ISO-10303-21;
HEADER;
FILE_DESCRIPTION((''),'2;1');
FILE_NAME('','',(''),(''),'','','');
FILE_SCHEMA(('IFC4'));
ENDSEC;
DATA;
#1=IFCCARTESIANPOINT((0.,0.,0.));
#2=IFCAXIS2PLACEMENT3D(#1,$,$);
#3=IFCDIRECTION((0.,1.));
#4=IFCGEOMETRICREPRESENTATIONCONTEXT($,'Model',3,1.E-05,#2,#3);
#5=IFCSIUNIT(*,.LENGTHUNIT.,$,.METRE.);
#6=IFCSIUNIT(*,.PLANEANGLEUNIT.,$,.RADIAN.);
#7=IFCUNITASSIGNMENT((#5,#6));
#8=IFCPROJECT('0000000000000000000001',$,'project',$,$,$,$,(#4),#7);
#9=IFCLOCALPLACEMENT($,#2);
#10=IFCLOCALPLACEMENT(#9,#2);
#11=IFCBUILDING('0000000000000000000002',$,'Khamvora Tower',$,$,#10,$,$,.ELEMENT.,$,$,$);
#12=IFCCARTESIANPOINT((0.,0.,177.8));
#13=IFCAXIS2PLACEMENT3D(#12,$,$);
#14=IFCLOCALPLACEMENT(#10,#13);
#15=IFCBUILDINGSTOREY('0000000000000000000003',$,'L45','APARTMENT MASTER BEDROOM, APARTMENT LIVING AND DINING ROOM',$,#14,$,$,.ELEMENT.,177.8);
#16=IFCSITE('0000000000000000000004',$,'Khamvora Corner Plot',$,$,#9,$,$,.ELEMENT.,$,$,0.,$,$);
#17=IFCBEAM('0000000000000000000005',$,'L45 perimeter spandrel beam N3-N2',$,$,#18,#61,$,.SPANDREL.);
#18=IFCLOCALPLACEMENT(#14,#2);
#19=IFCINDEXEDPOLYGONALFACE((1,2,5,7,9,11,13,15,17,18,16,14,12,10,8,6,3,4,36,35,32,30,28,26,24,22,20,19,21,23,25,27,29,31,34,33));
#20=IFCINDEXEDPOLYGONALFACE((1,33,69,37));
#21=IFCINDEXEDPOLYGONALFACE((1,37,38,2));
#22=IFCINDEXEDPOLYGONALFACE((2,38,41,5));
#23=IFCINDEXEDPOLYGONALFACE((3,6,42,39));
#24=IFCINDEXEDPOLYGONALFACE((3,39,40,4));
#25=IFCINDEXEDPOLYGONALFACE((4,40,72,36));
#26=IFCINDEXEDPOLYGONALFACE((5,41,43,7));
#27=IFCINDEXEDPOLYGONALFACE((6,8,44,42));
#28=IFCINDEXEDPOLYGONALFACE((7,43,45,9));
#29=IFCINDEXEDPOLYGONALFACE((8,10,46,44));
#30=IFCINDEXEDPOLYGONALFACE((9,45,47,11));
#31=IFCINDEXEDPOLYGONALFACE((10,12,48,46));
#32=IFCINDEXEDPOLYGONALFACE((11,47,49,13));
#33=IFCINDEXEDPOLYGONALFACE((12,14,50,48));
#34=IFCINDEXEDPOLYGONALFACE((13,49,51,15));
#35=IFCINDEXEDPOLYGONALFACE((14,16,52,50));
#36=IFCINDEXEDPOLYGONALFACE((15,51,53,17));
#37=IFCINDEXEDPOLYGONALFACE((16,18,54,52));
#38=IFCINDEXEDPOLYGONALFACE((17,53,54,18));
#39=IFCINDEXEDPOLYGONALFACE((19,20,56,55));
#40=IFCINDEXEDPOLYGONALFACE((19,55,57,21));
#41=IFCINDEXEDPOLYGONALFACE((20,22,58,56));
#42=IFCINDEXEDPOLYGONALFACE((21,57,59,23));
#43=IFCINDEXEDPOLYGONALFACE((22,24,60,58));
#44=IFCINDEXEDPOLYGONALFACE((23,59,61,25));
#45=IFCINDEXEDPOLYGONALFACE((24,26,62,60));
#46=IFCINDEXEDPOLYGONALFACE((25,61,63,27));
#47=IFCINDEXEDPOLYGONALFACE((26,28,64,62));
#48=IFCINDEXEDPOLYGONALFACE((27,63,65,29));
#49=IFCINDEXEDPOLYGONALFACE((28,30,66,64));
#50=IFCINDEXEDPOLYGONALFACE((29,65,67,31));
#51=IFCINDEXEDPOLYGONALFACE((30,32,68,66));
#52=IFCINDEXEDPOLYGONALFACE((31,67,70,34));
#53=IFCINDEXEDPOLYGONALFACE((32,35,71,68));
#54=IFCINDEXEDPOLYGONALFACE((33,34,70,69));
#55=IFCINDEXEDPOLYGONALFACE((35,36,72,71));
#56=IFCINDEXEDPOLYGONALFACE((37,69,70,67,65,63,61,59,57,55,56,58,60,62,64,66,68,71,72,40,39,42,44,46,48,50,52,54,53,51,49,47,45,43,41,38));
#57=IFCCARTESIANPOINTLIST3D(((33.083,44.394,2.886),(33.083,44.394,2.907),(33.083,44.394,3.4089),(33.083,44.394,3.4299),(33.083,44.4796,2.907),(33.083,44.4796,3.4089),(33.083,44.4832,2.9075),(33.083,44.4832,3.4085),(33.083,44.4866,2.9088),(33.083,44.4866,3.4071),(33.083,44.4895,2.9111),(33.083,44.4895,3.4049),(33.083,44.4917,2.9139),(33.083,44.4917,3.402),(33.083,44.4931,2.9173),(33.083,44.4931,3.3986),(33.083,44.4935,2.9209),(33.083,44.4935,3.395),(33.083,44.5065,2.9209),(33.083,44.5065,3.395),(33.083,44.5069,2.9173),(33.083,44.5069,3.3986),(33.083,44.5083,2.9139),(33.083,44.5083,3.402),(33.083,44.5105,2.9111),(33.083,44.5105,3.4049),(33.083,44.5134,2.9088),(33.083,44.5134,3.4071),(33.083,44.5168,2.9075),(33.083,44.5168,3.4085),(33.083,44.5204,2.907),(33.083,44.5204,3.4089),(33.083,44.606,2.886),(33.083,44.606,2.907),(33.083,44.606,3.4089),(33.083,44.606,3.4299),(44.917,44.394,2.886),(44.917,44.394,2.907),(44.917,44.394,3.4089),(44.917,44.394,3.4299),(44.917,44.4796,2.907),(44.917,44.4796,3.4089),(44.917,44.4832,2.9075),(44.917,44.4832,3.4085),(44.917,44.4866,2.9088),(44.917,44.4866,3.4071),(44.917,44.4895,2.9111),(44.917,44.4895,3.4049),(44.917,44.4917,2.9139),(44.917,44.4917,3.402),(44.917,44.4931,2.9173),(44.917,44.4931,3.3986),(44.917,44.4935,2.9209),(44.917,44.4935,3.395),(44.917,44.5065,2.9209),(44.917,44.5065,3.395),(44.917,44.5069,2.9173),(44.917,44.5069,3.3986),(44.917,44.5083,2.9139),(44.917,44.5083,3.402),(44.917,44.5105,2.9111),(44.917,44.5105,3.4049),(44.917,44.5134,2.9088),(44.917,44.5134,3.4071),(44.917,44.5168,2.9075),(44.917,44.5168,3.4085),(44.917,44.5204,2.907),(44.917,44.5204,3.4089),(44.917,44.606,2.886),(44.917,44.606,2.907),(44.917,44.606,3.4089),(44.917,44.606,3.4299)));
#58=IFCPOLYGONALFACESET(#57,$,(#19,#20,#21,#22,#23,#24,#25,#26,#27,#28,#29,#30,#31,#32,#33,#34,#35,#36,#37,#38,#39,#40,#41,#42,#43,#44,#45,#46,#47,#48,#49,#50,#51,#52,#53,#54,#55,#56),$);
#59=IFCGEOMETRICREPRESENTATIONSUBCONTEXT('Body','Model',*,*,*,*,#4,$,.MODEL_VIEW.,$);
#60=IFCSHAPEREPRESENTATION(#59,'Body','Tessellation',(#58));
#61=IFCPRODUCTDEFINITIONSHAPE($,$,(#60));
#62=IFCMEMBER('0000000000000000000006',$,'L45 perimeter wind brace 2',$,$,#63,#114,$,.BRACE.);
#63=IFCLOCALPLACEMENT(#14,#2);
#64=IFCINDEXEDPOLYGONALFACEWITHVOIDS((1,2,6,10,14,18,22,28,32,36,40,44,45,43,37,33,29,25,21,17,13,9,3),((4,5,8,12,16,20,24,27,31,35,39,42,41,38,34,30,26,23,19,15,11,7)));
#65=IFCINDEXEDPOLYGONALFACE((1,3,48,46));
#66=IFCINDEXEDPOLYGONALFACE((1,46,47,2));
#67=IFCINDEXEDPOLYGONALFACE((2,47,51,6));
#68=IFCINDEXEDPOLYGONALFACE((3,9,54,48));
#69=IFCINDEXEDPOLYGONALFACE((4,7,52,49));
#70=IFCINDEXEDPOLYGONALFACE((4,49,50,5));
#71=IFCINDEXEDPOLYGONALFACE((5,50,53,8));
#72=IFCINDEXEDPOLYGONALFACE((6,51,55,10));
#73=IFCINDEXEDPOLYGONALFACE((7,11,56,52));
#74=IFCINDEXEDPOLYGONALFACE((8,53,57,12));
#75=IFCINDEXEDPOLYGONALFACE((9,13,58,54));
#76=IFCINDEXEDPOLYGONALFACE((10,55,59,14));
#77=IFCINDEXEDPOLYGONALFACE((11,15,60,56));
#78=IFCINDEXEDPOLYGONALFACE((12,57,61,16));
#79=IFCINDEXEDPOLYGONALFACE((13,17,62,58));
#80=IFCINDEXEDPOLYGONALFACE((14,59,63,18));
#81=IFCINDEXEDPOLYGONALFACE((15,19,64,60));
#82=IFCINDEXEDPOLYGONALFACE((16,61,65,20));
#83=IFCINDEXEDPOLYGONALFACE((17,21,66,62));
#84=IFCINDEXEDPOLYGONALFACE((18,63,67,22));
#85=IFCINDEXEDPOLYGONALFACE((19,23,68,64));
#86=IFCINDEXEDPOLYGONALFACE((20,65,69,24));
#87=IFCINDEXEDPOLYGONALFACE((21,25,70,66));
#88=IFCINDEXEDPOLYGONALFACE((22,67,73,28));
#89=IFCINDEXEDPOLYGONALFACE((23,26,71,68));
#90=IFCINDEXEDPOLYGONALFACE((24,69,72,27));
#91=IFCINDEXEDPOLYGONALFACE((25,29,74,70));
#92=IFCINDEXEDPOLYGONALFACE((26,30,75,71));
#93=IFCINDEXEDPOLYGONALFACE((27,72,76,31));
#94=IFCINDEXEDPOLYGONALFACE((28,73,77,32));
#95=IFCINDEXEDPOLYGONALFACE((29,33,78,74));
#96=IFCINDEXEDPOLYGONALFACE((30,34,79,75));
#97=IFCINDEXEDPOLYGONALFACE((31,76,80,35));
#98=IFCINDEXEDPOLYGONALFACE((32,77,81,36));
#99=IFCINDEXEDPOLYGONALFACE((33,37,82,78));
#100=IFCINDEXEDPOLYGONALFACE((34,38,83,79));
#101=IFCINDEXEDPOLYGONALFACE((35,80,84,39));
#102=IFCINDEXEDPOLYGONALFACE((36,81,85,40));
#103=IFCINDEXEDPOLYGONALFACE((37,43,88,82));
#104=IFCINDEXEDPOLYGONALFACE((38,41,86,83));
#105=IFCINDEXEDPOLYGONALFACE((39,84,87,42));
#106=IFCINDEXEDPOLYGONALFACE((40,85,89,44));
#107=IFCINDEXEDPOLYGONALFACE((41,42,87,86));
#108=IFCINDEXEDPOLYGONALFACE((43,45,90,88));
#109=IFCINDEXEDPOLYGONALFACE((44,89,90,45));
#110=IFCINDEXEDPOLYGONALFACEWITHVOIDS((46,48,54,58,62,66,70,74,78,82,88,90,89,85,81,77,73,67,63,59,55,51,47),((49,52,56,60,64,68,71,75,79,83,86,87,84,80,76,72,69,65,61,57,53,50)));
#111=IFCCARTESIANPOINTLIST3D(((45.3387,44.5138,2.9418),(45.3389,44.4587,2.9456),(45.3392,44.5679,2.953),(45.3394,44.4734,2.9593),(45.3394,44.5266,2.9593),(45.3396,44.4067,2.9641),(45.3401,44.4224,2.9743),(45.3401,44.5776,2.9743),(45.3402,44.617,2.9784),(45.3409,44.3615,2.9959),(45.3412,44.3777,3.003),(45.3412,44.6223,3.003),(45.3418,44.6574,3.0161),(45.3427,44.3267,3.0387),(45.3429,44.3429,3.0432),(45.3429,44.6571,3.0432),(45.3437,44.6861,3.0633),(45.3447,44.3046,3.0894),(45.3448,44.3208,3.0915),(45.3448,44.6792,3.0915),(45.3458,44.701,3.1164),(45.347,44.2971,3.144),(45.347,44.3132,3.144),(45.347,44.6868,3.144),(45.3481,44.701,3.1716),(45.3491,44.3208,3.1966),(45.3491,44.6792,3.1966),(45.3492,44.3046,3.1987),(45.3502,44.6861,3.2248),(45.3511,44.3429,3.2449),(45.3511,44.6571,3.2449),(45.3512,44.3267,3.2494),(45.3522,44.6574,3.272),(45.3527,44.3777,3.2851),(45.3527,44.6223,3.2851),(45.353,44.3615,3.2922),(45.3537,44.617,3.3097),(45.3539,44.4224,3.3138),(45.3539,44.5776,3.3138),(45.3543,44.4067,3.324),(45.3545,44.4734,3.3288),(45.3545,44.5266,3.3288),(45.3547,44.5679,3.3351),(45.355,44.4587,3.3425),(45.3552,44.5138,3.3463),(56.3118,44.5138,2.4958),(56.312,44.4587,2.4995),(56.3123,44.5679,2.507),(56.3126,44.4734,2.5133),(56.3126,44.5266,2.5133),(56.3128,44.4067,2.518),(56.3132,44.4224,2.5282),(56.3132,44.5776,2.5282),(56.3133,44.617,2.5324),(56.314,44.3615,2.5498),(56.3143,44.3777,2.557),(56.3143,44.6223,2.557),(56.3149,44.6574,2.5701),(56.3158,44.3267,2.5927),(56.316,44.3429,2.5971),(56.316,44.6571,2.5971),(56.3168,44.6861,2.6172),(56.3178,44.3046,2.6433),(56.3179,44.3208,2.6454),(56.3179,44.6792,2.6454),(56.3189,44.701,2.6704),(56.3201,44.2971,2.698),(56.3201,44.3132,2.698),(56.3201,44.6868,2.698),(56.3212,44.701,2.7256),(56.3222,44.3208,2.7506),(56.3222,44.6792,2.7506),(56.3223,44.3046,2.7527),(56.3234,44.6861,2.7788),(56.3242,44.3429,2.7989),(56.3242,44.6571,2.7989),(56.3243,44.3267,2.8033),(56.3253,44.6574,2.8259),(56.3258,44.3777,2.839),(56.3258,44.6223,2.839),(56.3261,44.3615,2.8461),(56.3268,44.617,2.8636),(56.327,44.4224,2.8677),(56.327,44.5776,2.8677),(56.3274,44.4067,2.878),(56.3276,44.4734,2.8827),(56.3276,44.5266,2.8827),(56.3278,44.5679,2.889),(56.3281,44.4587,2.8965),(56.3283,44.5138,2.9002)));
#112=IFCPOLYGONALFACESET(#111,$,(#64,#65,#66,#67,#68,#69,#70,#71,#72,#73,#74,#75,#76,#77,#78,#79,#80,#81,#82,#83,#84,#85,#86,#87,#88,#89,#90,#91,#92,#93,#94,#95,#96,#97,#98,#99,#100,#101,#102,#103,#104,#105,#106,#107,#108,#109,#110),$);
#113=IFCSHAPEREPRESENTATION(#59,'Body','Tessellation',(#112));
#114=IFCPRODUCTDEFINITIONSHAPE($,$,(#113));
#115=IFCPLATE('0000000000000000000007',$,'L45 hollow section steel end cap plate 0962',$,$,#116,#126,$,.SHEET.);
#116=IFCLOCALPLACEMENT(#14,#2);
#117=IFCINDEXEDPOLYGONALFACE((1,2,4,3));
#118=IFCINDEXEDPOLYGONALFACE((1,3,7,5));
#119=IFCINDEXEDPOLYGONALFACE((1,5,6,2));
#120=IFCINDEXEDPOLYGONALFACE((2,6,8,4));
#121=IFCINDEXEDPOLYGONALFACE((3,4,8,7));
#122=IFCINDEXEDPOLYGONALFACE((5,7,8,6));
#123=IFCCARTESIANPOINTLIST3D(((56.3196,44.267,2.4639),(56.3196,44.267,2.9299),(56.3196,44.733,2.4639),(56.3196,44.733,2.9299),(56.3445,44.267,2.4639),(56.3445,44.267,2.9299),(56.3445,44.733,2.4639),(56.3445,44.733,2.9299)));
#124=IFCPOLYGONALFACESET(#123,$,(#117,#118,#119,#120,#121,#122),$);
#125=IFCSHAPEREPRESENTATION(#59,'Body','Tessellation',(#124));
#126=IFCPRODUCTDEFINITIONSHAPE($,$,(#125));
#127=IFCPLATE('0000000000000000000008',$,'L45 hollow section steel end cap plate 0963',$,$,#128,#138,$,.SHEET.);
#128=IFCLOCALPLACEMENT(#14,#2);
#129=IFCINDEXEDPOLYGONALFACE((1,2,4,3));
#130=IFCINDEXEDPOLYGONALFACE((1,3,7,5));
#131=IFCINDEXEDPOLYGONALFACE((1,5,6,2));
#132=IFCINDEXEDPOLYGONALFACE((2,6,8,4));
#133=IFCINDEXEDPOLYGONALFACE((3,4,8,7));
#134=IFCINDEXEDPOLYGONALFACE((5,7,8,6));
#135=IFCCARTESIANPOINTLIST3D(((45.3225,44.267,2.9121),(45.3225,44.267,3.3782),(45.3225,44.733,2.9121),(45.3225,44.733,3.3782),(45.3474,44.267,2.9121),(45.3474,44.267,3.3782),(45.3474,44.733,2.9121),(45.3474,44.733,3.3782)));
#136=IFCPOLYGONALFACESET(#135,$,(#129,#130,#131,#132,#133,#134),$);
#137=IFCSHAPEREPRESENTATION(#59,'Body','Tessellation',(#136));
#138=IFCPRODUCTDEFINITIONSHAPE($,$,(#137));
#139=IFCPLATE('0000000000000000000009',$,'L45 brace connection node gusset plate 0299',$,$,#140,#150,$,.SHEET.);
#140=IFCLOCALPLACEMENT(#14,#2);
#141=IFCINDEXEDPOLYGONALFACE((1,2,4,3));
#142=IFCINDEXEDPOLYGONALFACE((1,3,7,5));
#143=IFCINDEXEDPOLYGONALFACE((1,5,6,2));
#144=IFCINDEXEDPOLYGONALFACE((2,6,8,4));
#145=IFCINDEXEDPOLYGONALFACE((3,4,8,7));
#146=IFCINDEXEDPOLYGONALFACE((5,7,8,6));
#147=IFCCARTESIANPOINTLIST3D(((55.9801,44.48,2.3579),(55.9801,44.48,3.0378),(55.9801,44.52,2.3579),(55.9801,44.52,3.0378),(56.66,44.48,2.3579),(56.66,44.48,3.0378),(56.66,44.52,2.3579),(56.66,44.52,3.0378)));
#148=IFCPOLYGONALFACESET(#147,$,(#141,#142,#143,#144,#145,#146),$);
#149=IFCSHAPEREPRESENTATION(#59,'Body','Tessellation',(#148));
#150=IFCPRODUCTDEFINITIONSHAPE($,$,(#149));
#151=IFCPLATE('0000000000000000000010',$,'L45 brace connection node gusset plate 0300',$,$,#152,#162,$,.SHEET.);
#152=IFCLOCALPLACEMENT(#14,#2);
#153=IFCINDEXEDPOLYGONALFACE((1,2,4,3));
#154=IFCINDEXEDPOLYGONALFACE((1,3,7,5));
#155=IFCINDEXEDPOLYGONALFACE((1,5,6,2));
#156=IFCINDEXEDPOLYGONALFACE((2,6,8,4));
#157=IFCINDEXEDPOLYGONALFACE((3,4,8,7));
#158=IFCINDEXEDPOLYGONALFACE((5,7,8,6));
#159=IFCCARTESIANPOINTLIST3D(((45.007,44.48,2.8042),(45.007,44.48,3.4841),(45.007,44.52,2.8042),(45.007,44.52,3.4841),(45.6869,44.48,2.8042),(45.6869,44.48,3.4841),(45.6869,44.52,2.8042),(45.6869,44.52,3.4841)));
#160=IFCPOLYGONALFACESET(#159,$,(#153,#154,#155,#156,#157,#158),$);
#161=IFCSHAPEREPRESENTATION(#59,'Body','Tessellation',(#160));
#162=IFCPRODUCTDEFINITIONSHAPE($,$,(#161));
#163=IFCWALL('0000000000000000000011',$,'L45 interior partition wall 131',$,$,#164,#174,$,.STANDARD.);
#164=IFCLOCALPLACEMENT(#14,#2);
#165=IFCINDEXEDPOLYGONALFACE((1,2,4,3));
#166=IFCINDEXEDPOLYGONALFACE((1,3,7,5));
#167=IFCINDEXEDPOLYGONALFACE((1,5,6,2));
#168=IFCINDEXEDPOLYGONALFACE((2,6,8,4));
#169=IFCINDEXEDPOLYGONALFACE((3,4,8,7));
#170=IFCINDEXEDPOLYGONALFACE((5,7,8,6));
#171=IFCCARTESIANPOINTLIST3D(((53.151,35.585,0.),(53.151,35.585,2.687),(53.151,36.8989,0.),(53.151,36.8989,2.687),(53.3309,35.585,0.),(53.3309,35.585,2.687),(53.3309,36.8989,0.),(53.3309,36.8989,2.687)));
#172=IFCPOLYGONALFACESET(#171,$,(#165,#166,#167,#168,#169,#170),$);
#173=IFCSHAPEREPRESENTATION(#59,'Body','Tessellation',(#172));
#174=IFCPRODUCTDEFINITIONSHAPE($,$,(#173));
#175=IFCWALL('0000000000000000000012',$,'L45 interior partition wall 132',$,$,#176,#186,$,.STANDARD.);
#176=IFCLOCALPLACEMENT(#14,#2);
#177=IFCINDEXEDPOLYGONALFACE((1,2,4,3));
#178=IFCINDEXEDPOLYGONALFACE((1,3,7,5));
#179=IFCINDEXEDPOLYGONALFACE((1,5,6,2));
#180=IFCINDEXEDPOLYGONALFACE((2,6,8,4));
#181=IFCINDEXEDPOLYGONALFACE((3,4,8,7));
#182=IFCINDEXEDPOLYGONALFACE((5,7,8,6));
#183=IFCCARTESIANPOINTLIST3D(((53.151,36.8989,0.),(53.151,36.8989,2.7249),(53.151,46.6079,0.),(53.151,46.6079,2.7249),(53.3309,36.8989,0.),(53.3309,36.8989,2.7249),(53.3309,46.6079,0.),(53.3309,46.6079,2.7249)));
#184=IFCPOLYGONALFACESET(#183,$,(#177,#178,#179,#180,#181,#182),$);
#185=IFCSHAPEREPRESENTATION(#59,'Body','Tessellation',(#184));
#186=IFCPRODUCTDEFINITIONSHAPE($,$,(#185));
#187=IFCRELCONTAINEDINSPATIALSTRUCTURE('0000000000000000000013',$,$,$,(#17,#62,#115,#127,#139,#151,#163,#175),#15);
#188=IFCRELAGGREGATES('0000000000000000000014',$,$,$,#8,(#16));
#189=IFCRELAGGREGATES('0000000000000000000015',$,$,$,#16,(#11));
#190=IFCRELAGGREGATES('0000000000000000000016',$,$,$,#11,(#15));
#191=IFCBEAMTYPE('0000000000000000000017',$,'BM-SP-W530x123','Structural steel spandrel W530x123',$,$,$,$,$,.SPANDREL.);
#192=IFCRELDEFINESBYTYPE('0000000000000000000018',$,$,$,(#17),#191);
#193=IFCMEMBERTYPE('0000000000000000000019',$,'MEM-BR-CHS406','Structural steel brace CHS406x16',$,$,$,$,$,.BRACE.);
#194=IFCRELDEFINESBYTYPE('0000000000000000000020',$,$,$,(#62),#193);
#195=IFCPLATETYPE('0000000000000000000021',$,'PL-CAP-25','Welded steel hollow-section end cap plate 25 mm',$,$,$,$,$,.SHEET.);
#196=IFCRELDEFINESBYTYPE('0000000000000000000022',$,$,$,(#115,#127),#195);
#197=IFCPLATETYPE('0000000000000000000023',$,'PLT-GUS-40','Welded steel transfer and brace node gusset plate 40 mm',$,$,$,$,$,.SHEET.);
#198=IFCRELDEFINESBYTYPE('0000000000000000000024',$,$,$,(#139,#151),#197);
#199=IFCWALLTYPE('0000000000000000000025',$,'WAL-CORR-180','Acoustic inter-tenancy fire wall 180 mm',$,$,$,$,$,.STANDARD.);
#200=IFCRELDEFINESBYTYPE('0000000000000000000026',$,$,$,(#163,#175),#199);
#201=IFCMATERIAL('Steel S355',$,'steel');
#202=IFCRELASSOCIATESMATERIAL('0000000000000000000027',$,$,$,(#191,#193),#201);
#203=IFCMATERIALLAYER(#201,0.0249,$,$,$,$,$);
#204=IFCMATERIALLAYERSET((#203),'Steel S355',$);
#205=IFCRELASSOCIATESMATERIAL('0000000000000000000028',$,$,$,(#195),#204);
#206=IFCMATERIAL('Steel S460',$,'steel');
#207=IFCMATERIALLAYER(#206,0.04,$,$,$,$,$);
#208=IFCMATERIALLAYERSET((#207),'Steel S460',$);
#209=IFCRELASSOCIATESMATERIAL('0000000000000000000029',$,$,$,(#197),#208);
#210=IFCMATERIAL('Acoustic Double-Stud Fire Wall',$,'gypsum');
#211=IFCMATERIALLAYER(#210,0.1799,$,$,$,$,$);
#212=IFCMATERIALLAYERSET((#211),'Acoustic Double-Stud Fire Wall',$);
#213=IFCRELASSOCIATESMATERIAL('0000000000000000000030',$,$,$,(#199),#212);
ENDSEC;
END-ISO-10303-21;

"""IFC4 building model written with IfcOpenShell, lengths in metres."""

from ifc_helpers import new_model, si_unit, direction, frame, frame_2d, origin, origin_2d, place, context, subcontext, project, spatial, rectangle, hollow_circle, i_section, extrude, material, layer, layer_set, material_profile, profile_set, type_object, element, save


model = new_model("IFC4")

# Units and contexts
model_context = context("Model", 3, precision=1e-05, world=origin(), true_north=direction((0.0, 1.0)))
body_context = subcontext(model_context, "Body", "Model", "MODEL_VIEW")
ifc_project = project(units=[si_unit("LENGTHUNIT", "METRE"), si_unit("PLANEANGLEUNIT", "RADIAN")], contexts=[model_context])

# Site, building, storey
site_placement = place(None, origin())
site = spatial("IfcSite", under=ifc_project, at=site_placement, Name="Khamvora Corner Plot", CompositionType="ELEMENT", RefElevation=0.0)
building_placement = place(site_placement, origin())
building = spatial("IfcBuilding", under=site, at=building_placement, Name="Khamvora Tower", CompositionType="ELEMENT")
storey_placement = place(building_placement, frame((0.0, 0.0, 177.8)))
storey = spatial("IfcBuildingStorey", under=building, at=storey_placement, Name="L45", Description="APARTMENT MASTER BEDROOM, APARTMENT LIVING AND DINING ROOM", CompositionType="ELEMENT", Elevation=177.8)

# Shared definitions
ifc_material_1 = material(Name="Steel S355", Category="steel")

# Beam
ifc_material_profile_1 = material_profile(ifc_material_1, i_section(OverallWidth=0.2119, OverallDepth=0.5439, WebThickness=0.0129, FlangeThickness=0.021, FilletRadius=0.0139, at=origin_2d()), Name="W530x123")
ifc_profile_set_1 = profile_set([ifc_material_profile_1], Name="Steel S355")
beam_type_1 = type_object("IfcBeamType", Name="BM-SP-W530x123", Description="Structural steel spandrel W530x123", PredefinedType="SPANDREL", material=ifc_profile_set_1)
beam_1_placement = place(storey_placement, frame((44.917, 44.5, 3.158), z_axis=(-1.0, 0.0, 0.0), x_axis=(0.0, -1.0, 0.0)))
element("IfcBeam", 1, at=beam_1_placement, inside=storey, type_object=beam_type_1, Name="L45 perimeter spandrel beam N3-N2", PredefinedType="SPANDREL", context=body_context, shape_type="SweptSolid", body=[
    extrude(i_section(OverallWidth=0.2119, OverallDepth=0.5439, WebThickness=0.0129, FlangeThickness=0.021, FilletRadius=0.0139, at=origin_2d()), origin(), (0.0, 0.0, 1.0), 11.834),
])

# Member
ifc_material_profile_2 = material_profile(ifc_material_1, hollow_circle(Radius=0.2029, WallThickness=0.0161, at=origin_2d()), Name="CHS406x16")
ifc_profile_set_2 = profile_set([ifc_material_profile_2], Name="Steel S355")
member_type = type_object("IfcMemberType", Name="MEM-BR-CHS406", Description="Structural steel brace CHS406x16", PredefinedType="BRACE", material=ifc_profile_set_2)
member_placement = place(storey_placement, frame((56.3201, 44.5, 2.698), z_axis=(-0.999175, 0.0, 0.040615), x_axis=(0.0, -1.0, 0.0)))
element("IfcMember", 2, at=member_placement, inside=storey, type_object=member_type, Name="L45 perimeter wind brace 2", PredefinedType="BRACE", context=body_context, shape_type="SweptSolid", body=[
    extrude(hollow_circle(Radius=0.2029, WallThickness=0.0161, at=origin_2d()), origin(), (0.0, 0.0, 1.0), 10.9822),
])

# Plates
ifc_layer_1 = layer(ifc_material_1, 0.0249)
ifc_layer_set_1 = layer_set([ifc_layer_1], Name="Steel S355")
plate_type_1 = type_object("IfcPlateType", Name="PL-CAP-25", Description="Welded steel hollow-section end cap plate 25 mm", PredefinedType="SHEET", material=ifc_layer_set_1)
for number, where, z_axis, x_axis, name in (
    (3, (56.332, 44.5, 2.4639), (0.0, 0.0, 1.0), (-1.0, 0.0, 0.0), "L45 hollow section steel end cap plate 0962"),
    (4, (45.335, 44.5, 2.9121), (0.0, 0.0, 1.0), (-1.0, 0.0, 0.0), "L45 hollow section steel end cap plate 0963"),
):
    element("IfcPlate", number, at=place(storey_placement, frame(where, z_axis=z_axis, x_axis=x_axis)), inside=storey, type_object=plate_type_1, Name=name, PredefinedType="SHEET", context=body_context, shape_type="SweptSolid", body=[
        extrude(rectangle(XDim=0.0249, YDim=0.4661, at=origin_2d()), origin(), (0.0, 0.0, 1.0), 0.4661),
    ])
ifc_material_2 = material(Name="Steel S460", Category="steel")
ifc_layer_2 = layer(ifc_material_2, 0.04)
ifc_layer_set_2 = layer_set([ifc_layer_2], Name="Steel S460")
plate_type_2 = type_object("IfcPlateType", Name="PLT-GUS-40", Description="Welded steel transfer and brace node gusset plate 40 mm", PredefinedType="SHEET", material=ifc_layer_set_2)
for number, where, z_axis, x_axis, name in (
    (5, (56.3201, 44.5, 2.3579), (0.0, 0.0, 1.0), (1.0, 0.0, 0.0), "L45 brace connection node gusset plate 0299"),
    (6, (45.3469, 44.5, 2.8042), (0.0, 0.0, 1.0), (1.0, 0.0, 0.0), "L45 brace connection node gusset plate 0300"),
):
    element("IfcPlate", number, at=place(storey_placement, frame(where, z_axis=z_axis, x_axis=x_axis)), inside=storey, type_object=plate_type_2, Name=name, PredefinedType="SHEET", context=body_context, shape_type="SweptSolid", body=[
        extrude(rectangle(XDim=0.6799, YDim=0.04, at=origin_2d()), origin(), (0.0, 0.0, 1.0), 0.6799),
    ])

# Walls
ifc_material_3 = material(Name="Acoustic Double-Stud Fire Wall", Category="gypsum")
ifc_layer_3 = layer(ifc_material_3, 0.1799)
ifc_layer_set_3 = layer_set([ifc_layer_3], Name="Acoustic Double-Stud Fire Wall")
wall_type_1 = type_object("IfcWallType", Name="WAL-CORR-180", Description="Acoustic inter-tenancy fire wall 180 mm", PredefinedType="STANDARD", material=ifc_layer_set_3)
wall_1_placement = place(storey_placement, frame((53.241, 36.8989, 0.0), z_axis=(0.0, 0.0, 1.0), x_axis=(0.0, -1.0, 0.0)))
element("IfcWall", 7, at=wall_1_placement, inside=storey, type_object=wall_type_1, Name="L45 interior partition wall 131", PredefinedType="STANDARD", context=body_context, shape_type="SweptSolid", body=[
    extrude(rectangle(XDim=1.314, YDim=0.1799, at=frame_2d((0.657, 0.0))), origin(), (0.0, 0.0, 1.0), 2.687),
])
wall_2_placement = place(storey_placement, frame((53.241, 46.6079, 0.0), z_axis=(0.0, 0.0, 1.0), x_axis=(0.0, -1.0, 0.0)))
element("IfcWall", 8, at=wall_2_placement, inside=storey, type_object=wall_type_1, Name="L45 interior partition wall 132", PredefinedType="STANDARD", context=body_context, shape_type="SweptSolid", body=[
    extrude(rectangle(XDim=9.709, YDim=0.1799, at=frame_2d((4.8545, 0.0))), origin(), (0.0, 0.0, 1.0), 2.7249),
])

save(model, "model.ifc")
